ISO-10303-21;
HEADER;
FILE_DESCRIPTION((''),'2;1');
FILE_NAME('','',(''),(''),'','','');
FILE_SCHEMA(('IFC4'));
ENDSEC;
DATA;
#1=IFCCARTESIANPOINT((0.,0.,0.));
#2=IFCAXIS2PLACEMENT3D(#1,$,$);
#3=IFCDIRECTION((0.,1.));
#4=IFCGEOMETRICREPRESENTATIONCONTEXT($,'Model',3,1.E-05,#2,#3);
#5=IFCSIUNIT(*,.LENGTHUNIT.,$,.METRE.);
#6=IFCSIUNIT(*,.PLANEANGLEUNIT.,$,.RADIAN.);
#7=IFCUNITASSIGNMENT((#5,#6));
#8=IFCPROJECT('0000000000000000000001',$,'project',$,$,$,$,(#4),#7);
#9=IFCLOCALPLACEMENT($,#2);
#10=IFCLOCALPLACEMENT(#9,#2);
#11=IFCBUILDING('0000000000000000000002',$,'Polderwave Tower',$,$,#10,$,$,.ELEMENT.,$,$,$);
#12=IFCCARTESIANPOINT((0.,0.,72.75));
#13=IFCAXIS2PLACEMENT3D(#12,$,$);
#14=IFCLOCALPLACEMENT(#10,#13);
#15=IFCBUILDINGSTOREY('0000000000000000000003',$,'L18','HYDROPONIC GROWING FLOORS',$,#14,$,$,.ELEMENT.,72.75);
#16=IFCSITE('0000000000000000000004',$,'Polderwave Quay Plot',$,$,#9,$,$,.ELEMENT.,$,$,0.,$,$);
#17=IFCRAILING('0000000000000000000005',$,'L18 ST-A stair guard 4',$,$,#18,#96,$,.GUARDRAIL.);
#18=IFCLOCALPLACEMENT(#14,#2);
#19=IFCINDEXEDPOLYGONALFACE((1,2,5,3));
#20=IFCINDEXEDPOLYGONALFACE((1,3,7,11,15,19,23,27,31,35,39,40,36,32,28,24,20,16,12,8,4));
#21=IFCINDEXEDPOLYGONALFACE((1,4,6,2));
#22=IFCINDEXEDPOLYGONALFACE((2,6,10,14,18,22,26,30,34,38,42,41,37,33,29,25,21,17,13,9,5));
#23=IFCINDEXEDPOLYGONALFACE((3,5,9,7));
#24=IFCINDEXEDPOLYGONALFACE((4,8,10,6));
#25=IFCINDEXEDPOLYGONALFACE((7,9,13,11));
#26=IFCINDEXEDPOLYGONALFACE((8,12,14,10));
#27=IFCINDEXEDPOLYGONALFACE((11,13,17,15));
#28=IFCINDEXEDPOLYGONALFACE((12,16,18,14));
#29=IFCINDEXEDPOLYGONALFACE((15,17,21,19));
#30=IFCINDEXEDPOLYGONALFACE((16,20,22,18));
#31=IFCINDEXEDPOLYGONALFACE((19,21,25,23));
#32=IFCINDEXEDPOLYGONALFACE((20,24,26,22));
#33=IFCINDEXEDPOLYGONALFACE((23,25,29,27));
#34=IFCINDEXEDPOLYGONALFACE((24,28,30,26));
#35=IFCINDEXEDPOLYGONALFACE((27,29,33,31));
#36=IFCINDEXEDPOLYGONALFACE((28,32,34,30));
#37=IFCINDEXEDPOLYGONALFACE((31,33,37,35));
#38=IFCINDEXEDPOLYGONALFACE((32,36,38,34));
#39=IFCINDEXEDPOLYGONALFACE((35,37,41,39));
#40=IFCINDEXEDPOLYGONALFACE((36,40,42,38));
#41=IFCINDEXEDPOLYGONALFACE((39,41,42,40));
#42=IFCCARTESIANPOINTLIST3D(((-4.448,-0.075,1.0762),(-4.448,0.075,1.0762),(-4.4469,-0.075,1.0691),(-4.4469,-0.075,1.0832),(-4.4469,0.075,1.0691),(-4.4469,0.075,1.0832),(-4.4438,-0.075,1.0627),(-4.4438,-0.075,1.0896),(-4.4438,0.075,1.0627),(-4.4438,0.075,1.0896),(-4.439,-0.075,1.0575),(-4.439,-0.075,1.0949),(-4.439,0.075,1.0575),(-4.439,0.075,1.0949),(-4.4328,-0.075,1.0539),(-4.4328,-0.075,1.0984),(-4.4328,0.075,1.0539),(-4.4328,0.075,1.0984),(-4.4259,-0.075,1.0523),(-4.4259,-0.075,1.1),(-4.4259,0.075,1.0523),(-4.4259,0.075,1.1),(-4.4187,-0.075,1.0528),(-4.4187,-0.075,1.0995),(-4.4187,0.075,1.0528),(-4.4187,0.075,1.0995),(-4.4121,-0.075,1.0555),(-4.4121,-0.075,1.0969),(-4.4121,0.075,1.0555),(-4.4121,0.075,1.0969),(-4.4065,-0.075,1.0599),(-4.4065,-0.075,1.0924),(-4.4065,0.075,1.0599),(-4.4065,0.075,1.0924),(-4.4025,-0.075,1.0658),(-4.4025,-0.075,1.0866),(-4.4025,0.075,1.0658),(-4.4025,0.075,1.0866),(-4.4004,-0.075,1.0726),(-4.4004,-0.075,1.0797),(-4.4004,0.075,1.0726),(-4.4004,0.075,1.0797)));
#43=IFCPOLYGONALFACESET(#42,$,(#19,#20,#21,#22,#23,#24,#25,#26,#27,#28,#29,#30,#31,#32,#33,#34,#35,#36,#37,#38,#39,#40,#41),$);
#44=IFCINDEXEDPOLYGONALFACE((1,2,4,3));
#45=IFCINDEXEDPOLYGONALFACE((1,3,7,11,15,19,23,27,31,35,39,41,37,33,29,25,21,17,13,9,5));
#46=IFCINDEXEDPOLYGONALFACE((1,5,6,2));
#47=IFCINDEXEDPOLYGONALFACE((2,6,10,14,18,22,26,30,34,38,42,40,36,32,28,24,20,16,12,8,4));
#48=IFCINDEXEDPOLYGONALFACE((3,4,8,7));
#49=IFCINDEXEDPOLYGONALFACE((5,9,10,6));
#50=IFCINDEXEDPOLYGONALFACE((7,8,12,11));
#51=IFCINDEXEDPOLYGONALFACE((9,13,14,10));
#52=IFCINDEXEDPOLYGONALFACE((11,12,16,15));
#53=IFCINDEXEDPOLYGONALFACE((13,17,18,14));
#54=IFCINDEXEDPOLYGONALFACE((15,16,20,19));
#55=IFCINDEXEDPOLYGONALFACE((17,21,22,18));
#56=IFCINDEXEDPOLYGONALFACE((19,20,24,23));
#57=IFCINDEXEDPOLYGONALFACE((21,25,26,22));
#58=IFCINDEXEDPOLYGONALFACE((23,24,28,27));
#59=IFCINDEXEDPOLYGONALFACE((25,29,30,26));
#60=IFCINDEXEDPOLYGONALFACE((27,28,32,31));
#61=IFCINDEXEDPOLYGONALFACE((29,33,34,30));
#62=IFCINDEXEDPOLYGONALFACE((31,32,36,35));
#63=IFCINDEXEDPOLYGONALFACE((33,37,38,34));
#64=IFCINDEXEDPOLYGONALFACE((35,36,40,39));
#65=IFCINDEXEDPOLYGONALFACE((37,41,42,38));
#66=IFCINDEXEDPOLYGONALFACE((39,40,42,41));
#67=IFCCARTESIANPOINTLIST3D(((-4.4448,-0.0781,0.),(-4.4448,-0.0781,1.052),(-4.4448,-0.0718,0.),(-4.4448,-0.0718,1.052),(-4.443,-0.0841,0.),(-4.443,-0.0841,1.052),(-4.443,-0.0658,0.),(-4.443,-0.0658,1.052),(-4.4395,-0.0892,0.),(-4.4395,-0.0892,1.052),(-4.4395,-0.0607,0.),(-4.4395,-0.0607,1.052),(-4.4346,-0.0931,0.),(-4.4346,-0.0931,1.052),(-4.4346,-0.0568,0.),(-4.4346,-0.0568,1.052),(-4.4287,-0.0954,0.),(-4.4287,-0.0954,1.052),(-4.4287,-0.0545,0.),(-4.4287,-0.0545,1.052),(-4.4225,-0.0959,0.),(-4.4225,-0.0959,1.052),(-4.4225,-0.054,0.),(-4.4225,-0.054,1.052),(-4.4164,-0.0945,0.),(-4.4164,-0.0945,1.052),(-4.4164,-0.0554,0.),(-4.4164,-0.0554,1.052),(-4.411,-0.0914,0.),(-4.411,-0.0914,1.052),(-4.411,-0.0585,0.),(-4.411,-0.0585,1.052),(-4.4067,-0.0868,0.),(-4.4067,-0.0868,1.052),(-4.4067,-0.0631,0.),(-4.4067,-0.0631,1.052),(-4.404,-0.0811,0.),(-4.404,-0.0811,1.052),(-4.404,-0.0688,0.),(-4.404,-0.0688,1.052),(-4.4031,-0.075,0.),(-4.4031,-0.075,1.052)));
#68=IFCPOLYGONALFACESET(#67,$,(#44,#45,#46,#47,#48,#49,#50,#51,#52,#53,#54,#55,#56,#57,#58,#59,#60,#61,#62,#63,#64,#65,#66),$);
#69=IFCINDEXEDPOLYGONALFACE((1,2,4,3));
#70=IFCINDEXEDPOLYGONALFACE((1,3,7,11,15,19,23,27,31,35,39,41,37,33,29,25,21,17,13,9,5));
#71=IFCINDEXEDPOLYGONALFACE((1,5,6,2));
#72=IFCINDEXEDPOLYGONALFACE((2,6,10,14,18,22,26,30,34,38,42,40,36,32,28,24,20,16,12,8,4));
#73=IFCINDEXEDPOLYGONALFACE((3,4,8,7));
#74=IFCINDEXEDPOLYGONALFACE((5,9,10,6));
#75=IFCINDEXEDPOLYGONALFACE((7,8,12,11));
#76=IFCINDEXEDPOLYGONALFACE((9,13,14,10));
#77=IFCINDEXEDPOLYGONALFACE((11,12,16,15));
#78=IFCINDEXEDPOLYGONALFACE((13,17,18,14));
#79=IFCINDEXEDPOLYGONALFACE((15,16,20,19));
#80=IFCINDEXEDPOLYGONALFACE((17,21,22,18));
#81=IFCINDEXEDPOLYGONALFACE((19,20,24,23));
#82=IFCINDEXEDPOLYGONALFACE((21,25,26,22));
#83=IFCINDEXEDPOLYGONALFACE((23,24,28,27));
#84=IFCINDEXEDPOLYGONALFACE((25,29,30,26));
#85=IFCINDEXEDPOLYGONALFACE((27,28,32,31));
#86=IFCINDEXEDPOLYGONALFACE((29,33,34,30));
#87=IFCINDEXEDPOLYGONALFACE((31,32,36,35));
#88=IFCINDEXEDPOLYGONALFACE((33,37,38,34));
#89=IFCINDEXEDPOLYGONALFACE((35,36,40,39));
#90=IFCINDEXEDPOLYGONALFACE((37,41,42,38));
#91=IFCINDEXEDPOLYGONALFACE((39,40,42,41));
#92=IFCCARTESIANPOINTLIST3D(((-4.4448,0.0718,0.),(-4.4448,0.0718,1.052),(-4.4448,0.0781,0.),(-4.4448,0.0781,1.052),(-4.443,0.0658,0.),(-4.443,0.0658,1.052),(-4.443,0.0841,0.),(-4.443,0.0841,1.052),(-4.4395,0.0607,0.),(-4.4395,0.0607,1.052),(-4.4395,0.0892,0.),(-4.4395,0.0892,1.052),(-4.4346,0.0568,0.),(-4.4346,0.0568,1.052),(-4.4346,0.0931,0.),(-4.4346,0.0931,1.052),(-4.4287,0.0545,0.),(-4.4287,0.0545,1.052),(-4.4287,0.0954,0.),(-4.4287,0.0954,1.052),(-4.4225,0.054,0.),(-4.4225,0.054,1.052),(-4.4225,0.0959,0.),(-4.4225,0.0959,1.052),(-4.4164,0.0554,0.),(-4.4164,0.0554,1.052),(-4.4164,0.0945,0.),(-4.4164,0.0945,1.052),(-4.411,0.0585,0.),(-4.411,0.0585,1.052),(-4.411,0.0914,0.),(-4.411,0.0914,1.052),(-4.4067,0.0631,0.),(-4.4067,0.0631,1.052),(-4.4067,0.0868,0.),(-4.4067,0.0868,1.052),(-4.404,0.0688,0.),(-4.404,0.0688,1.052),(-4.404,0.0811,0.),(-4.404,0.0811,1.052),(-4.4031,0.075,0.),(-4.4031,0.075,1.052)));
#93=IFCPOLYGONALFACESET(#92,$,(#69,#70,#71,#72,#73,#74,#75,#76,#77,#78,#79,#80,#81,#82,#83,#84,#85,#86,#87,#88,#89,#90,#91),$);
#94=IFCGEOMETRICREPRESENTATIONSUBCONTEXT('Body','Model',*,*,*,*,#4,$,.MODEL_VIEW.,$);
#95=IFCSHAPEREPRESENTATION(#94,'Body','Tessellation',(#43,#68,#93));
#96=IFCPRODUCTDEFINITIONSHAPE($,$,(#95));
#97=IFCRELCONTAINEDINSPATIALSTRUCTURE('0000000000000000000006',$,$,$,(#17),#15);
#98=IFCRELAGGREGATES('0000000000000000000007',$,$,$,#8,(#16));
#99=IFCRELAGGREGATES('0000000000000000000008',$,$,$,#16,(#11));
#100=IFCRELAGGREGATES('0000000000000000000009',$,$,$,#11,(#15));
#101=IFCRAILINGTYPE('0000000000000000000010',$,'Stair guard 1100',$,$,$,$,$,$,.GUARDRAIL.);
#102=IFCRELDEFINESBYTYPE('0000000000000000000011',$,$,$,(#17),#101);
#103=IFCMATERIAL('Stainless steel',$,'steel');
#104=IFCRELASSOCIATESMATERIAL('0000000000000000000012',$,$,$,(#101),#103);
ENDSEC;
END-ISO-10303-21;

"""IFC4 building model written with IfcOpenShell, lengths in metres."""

from ifc_helpers import new_model, si_unit, direction, frame, origin, origin_2d, place, context, subcontext, project, spatial, circle, extrude, material, type_object, element, save


model = new_model("IFC4")

# Units and contexts
model_context = context("Model", 3, precision=1e-05, world=origin(), true_north=direction((0.0, 1.0)))
body_context = subcontext(model_context, "Body", "Model", "MODEL_VIEW")
ifc_project = project(units=[si_unit("LENGTHUNIT", "METRE"), si_unit("PLANEANGLEUNIT", "RADIAN")], contexts=[model_context])

# Site, building, storey
site_placement = place(None, origin())
site = spatial("IfcSite", under=ifc_project, at=site_placement, Name="Polderwave Quay Plot", CompositionType="ELEMENT", RefElevation=0.0)
building_placement = place(site_placement, origin())
building = spatial("IfcBuilding", under=site, at=building_placement, Name="Polderwave Tower", CompositionType="ELEMENT")
storey_placement = place(building_placement, frame((0.0, 0.0, 72.75)))
storey = spatial("IfcBuildingStorey", under=building, at=storey_placement, Name="L18", Description="HYDROPONIC GROWING FLOORS", CompositionType="ELEMENT", Elevation=72.75)

# Shared definitions
ifc_material_1 = material(Name="Stainless steel", Category="steel")

# Railing
railing_type_1 = type_object("IfcRailingType", Name="Stair guard 1100", PredefinedType="GUARDRAIL", material=ifc_material_1)
railing_1_placement = place(storey_placement, frame((-4.4241, -0.075, 0.0)))
element("IfcRailing", 1, at=railing_1_placement, inside=storey, type_object=railing_type_1, Name="L18 ST-A stair guard 4", PredefinedType="GUARDRAIL", context=body_context, shape_type="SweptSolid", body=[
    extrude(circle(Radius=0.0239, at=origin_2d()), frame((0.0, 0.0, 1.0762), z_axis=(0.0, 1.0, 0.0), x_axis=(-1.0, 0.0, 0.0)), (0.0, 0.0, 1.0), 0.1499),
    extrude(circle(Radius=0.021, at=origin_2d()), origin(), (0.0, 0.0, 1.0), 1.052),
    extrude(circle(Radius=0.021, at=origin_2d()), frame((0.0, 0.1499, 0.0)), (0.0, 0.0, 1.0), 1.052),
])

save(model, "model.ifc")
